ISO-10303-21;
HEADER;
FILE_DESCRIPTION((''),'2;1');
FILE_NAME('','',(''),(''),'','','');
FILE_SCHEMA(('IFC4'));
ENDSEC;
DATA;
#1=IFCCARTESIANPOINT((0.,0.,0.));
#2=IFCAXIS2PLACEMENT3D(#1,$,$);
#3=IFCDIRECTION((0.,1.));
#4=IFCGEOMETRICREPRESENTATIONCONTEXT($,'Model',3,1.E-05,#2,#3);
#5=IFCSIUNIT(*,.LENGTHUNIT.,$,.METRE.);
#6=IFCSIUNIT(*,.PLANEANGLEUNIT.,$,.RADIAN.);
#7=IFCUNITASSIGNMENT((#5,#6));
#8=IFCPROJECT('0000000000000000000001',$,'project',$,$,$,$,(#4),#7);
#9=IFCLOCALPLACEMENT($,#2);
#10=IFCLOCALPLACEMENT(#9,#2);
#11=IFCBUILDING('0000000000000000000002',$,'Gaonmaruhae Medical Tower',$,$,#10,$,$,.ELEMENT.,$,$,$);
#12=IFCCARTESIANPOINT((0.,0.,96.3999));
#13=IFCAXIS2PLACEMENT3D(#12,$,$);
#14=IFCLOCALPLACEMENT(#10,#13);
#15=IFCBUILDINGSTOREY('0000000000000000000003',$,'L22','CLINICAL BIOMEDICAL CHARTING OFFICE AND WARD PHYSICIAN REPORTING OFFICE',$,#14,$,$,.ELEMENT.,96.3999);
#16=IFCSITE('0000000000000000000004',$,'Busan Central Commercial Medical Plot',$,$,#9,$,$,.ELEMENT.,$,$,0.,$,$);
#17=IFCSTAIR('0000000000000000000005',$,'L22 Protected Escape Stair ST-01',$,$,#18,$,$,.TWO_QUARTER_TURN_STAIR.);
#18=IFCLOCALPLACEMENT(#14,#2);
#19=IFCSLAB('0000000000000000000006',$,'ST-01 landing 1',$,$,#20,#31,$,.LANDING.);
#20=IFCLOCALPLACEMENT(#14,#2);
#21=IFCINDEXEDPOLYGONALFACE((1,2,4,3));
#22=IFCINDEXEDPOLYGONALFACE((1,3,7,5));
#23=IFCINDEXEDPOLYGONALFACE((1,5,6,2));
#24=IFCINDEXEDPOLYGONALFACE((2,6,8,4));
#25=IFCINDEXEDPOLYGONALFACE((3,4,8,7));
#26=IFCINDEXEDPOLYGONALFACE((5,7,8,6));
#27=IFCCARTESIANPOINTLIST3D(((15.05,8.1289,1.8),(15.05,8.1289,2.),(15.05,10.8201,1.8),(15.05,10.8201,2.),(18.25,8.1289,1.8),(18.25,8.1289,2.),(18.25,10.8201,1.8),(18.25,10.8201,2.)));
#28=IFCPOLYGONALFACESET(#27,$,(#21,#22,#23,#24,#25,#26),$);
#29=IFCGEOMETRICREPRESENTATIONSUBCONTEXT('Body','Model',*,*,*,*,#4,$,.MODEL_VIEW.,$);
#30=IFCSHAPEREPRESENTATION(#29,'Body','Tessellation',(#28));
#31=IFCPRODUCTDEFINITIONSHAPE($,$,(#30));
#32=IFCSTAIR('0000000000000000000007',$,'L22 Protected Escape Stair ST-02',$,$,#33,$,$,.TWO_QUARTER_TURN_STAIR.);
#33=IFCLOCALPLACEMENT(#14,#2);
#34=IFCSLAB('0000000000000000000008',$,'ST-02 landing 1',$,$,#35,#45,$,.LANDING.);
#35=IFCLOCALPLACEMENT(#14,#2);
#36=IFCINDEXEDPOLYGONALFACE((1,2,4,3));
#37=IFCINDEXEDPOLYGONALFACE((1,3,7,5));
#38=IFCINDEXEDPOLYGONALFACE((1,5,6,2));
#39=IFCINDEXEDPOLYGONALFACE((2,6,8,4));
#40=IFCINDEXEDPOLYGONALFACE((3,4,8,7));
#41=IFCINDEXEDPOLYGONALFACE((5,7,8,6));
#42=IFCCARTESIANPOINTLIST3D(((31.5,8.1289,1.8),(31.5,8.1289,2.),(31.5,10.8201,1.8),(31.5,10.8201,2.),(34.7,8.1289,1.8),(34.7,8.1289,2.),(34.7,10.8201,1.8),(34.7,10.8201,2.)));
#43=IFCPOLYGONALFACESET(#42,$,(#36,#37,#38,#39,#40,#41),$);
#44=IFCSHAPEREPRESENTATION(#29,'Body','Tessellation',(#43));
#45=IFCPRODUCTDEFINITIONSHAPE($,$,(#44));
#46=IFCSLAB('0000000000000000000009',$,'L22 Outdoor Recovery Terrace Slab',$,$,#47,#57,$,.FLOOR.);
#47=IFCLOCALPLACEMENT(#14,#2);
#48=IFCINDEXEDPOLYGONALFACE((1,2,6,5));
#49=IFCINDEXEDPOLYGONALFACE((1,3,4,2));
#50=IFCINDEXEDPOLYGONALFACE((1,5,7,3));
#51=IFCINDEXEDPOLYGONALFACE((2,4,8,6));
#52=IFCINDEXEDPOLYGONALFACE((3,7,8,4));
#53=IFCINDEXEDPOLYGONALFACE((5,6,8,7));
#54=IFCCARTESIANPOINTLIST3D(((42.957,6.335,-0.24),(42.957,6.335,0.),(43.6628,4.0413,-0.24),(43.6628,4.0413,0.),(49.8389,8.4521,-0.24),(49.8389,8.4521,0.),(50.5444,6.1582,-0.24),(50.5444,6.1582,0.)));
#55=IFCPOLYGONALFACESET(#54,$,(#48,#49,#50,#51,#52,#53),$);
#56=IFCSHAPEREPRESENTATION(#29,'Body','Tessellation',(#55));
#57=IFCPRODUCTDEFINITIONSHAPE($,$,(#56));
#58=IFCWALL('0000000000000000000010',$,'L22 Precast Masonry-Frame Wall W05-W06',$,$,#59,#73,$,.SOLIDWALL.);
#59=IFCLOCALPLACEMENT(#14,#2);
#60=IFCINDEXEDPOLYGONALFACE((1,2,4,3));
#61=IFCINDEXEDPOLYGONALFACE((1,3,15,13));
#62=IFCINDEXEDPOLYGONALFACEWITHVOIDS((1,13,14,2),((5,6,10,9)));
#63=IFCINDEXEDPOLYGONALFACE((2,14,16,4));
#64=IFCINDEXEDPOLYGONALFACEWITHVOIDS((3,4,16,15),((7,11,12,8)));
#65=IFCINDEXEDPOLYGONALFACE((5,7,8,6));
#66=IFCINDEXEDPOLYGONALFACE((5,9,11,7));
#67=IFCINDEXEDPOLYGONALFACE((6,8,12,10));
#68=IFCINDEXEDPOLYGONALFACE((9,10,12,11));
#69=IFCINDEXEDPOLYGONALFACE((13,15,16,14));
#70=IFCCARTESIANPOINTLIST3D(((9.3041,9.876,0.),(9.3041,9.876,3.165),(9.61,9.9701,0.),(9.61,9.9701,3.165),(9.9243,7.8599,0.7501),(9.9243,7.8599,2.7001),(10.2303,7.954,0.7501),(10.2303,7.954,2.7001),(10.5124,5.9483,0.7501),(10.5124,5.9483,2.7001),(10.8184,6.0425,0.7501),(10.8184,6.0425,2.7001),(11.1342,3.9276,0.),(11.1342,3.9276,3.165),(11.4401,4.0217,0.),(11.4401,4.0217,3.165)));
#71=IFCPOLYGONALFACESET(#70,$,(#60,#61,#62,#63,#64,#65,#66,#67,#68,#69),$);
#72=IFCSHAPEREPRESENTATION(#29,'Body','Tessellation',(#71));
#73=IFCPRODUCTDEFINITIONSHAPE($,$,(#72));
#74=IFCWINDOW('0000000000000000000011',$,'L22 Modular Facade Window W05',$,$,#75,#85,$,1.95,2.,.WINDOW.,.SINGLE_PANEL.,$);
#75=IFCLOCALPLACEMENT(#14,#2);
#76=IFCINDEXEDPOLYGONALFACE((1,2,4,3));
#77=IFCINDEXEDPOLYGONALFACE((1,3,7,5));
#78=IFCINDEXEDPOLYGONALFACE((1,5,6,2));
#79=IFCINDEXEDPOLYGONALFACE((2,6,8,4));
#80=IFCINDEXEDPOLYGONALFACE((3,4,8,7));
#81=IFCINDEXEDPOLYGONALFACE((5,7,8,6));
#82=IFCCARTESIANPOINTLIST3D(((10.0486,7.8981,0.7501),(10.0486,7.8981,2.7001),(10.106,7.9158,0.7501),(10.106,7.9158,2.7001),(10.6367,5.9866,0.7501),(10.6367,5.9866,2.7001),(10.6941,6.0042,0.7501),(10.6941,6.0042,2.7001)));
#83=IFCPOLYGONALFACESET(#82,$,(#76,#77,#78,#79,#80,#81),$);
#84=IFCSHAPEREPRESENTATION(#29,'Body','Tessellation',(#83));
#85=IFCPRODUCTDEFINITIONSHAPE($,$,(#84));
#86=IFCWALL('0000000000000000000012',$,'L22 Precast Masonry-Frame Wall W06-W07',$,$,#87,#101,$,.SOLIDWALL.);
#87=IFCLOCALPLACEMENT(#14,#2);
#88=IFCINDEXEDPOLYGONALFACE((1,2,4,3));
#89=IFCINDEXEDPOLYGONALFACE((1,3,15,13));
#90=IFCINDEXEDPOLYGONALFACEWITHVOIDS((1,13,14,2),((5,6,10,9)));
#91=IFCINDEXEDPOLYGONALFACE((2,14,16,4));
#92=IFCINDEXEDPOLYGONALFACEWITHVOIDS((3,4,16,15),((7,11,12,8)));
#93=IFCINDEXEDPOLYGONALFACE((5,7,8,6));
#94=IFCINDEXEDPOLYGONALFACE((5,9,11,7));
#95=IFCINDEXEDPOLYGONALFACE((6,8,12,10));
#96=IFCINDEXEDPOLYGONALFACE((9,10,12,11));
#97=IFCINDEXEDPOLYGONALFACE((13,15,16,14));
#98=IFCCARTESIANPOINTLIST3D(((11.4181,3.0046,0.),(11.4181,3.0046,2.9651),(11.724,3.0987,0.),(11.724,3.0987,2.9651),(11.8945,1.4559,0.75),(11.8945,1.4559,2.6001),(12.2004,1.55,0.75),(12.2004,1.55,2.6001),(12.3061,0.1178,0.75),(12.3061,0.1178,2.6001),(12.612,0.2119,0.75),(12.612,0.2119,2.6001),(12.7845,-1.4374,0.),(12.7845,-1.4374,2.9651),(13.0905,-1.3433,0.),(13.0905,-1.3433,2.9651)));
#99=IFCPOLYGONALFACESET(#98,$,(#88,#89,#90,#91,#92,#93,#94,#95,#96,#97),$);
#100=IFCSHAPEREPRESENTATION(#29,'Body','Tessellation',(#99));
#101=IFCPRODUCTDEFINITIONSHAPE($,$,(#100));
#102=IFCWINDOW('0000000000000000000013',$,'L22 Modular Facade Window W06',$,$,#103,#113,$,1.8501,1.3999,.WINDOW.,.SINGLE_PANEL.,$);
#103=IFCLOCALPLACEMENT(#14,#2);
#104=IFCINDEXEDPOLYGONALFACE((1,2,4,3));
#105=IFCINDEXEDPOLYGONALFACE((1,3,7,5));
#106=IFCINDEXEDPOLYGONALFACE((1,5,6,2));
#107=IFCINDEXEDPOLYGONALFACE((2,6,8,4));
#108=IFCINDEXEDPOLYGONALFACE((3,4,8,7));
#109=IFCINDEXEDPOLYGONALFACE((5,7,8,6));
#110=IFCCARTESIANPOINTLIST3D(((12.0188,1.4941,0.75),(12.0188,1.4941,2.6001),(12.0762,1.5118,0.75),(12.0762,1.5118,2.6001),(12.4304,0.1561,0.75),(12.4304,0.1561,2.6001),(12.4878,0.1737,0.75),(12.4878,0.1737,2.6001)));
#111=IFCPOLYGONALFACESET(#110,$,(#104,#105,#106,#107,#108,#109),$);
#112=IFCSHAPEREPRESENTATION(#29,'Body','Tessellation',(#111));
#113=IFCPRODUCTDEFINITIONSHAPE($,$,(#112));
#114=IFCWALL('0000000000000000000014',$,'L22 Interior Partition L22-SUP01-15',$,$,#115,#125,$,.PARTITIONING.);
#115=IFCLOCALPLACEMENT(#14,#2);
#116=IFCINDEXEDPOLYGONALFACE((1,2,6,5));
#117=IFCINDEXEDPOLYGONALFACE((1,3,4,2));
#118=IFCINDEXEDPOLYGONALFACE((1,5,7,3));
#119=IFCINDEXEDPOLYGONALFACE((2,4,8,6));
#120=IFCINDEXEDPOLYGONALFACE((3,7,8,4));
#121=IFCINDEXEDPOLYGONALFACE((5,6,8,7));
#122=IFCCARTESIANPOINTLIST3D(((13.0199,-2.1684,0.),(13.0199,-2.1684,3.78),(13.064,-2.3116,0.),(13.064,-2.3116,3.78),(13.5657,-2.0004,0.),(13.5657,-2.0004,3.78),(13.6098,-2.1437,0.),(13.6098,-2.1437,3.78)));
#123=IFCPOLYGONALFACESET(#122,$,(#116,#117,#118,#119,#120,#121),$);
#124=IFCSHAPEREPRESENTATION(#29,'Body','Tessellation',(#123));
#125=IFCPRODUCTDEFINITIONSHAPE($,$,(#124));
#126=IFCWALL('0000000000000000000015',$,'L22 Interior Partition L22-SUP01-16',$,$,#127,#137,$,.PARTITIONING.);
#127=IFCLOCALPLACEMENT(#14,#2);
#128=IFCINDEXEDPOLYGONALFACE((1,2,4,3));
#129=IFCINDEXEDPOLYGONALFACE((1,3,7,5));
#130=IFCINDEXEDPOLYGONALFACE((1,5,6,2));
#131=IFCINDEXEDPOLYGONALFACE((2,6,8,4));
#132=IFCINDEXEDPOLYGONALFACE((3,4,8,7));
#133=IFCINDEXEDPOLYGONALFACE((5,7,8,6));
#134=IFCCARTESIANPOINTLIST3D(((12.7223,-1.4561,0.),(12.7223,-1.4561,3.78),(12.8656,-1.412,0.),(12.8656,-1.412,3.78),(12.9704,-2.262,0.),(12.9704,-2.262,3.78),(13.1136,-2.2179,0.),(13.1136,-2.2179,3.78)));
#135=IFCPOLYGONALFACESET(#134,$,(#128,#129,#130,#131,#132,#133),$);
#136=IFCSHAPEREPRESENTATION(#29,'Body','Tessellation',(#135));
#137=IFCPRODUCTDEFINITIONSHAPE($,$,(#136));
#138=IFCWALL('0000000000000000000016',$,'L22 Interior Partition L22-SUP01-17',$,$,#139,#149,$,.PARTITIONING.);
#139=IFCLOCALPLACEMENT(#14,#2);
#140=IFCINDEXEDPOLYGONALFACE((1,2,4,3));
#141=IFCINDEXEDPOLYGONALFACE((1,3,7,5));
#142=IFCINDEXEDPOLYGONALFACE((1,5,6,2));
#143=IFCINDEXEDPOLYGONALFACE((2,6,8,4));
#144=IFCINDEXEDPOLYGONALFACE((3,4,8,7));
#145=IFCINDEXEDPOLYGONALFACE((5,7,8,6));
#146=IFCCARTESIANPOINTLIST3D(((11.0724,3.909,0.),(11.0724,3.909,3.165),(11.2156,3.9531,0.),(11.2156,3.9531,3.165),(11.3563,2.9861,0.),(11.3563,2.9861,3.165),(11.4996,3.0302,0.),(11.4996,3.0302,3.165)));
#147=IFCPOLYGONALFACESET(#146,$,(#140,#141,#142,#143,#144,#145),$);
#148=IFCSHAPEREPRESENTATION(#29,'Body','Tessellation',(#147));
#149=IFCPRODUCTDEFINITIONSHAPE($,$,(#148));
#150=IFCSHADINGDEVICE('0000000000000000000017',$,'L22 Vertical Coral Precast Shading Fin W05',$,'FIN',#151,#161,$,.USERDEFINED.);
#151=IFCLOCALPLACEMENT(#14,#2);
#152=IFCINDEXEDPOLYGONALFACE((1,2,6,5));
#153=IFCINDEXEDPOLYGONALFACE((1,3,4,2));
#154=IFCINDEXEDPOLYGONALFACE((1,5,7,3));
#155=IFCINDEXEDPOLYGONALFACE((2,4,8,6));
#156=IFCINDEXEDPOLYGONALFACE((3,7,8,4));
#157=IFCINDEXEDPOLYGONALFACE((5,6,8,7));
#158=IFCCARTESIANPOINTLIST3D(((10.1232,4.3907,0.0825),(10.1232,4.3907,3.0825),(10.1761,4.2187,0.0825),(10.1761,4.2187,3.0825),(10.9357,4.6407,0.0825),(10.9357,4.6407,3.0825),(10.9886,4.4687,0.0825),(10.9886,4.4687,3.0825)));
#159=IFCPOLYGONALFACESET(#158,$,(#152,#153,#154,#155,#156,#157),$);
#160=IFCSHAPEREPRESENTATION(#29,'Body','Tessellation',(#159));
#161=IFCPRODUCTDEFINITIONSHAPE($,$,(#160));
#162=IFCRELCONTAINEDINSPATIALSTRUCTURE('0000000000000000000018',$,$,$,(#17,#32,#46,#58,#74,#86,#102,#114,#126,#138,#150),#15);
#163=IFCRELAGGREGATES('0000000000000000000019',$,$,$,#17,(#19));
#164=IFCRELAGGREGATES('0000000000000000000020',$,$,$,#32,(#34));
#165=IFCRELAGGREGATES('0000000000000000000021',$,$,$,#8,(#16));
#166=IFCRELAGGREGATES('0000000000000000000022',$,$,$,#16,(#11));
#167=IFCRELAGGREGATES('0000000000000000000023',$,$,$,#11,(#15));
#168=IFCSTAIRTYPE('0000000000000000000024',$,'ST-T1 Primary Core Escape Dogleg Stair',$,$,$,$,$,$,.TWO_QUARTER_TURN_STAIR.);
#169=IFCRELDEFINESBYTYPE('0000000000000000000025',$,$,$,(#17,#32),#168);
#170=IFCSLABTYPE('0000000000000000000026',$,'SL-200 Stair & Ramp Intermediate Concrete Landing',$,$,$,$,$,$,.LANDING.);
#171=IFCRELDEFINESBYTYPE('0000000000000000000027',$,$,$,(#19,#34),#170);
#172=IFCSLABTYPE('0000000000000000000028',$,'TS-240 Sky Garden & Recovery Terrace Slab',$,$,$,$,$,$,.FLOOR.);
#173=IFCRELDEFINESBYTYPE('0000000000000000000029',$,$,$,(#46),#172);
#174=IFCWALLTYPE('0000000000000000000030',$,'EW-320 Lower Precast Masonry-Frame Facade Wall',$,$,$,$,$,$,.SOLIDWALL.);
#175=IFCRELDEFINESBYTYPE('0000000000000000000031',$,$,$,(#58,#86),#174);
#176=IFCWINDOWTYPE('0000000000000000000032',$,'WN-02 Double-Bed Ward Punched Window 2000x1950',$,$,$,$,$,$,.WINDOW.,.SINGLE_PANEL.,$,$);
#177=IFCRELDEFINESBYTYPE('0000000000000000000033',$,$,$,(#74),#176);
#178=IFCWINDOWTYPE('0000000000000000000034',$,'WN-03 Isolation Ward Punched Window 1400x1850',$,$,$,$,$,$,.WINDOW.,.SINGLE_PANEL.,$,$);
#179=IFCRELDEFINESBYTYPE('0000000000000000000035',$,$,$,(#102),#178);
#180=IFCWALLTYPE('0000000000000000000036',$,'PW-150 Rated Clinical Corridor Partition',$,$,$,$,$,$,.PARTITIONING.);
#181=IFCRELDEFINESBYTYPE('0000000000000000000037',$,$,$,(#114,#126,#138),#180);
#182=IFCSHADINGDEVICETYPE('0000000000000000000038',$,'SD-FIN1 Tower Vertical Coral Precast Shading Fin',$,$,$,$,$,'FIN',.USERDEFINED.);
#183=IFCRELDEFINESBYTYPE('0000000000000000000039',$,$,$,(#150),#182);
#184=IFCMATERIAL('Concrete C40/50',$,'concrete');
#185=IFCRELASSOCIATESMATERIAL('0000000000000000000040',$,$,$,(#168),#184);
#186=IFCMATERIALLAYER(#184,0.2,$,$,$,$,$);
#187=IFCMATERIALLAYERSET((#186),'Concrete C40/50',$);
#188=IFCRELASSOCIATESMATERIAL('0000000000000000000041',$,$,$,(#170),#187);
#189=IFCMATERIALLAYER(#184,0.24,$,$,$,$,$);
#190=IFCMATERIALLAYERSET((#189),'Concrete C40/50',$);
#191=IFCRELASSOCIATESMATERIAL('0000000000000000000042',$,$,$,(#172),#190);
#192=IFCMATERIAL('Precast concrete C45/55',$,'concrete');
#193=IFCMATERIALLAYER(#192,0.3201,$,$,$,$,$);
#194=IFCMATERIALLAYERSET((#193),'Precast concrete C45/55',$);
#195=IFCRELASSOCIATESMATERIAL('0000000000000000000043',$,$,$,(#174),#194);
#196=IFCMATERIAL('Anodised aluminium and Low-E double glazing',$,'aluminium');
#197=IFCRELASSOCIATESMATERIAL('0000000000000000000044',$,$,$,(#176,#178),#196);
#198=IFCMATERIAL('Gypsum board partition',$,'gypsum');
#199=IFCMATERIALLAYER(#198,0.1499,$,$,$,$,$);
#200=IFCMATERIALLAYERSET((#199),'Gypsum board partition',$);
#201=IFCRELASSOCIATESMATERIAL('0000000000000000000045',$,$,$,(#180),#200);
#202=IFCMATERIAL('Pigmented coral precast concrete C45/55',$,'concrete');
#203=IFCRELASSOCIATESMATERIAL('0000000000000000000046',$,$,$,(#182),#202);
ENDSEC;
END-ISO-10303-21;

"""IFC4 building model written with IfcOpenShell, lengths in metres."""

from ifc_helpers import new_model, si_unit, direction, frame, frame_2d, origin, origin_2d, place, context, subcontext, project, spatial, polyline, rectangle, outline, extrude, material, layer, layer_set, type_object, element, fill, aggregate, save


model = new_model("IFC4")

# Units and contexts
model_context = context("Model", 3, precision=1e-05, world=origin(), true_north=direction((0.0, 1.0)))
body_context = subcontext(model_context, "Body", "Model", "MODEL_VIEW")
ifc_project = project(units=[si_unit("LENGTHUNIT", "METRE"), si_unit("PLANEANGLEUNIT", "RADIAN")], contexts=[model_context])

# Site, building, storey
site_placement = place(None, origin())
site = spatial("IfcSite", under=ifc_project, at=site_placement, Name="Busan Central Commercial Medical Plot", CompositionType="ELEMENT", RefElevation=0.0)
building_placement = place(site_placement, origin())
building = spatial("IfcBuilding", under=site, at=building_placement, Name="Gaonmaruhae Medical Tower", CompositionType="ELEMENT")
storey_placement = place(building_placement, frame((0.0, 0.0, 96.3999)))
storey = spatial("IfcBuildingStorey", under=building, at=storey_placement, Name="L22", Description="CLINICAL BIOMEDICAL CHARTING OFFICE AND WARD PHYSICIAN REPORTING OFFICE", CompositionType="ELEMENT", Elevation=96.3999)

# Shared definitions
ifc_material_1 = material(Name="Concrete C40/50", Category="concrete")

# Stairs, slabs
stair_type = type_object("IfcStairType", Name="ST-T1 Primary Core Escape Dogleg Stair", PredefinedType="TWO_QUARTER_TURN_STAIR", material=ifc_material_1)
stair_1_placement = place(storey_placement, origin())
stair_1 = element("IfcStair", 1, at=stair_1_placement, inside=storey, type_object=stair_type, Name="L22 Protected Escape Stair ST-01", PredefinedType="TWO_QUARTER_TURN_STAIR")
ifc_layer_1 = layer(ifc_material_1, 0.2)
ifc_layer_set_1 = layer_set([ifc_layer_1], Name="Concrete C40/50")
slab_type_1 = type_object("IfcSlabType", Name="SL-200 Stair & Ramp Intermediate Concrete Landing", PredefinedType="LANDING", material=ifc_layer_set_1)
slab_1_placement = place(storey_placement, frame((0.0, 0.0, 1.8)))
slab_1 = element("IfcSlab", 2, at=slab_1_placement, type_object=slab_type_1, Name="ST-01 landing 1", PredefinedType="LANDING", context=body_context, shape_type="SweptSolid", body=[
    extrude(outline(polyline([(15.05, 10.8201), (15.05, 8.1289), (18.25, 8.1289), (18.25, 10.8201), (15.05, 10.8201)])), origin(), (0.0, 0.0, 1.0), 0.2),
])
aggregate(stair_1, [slab_1])
stair_2_placement = place(storey_placement, origin())
stair_2 = element("IfcStair", 3, at=stair_2_placement, inside=storey, type_object=stair_type, Name="L22 Protected Escape Stair ST-02", PredefinedType="TWO_QUARTER_TURN_STAIR")
slab_2_placement = place(storey_placement, frame((0.0, 0.0, 1.8)))
slab_2 = element("IfcSlab", 4, at=slab_2_placement, type_object=slab_type_1, Name="ST-02 landing 1", PredefinedType="LANDING", context=body_context, shape_type="SweptSolid", body=[
    extrude(outline(polyline([(31.5, 10.8201), (31.5, 8.1289), (34.7, 8.1289), (34.7, 10.8201), (31.5, 10.8201)])), origin(), (0.0, 0.0, 1.0), 0.2),
])
aggregate(stair_2, [slab_2])

# Slab
ifc_layer_2 = layer(ifc_material_1, 0.24)
ifc_layer_set_2 = layer_set([ifc_layer_2], Name="Concrete C40/50")
slab_type_2 = type_object("IfcSlabType", Name="TS-240 Sky Garden & Recovery Terrace Slab", PredefinedType="FLOOR", material=ifc_layer_set_2)
slab_3_placement = place(storey_placement, frame((0.0, 0.0, -0.24)))
element("IfcSlab", 5, at=slab_3_placement, inside=storey, type_object=slab_type_2, Name="L22 Outdoor Recovery Terrace Slab", PredefinedType="FLOOR", context=body_context, shape_type="SweptSolid", body=[
    extrude(outline(polyline([(43.6628, 4.0413), (50.5444, 6.1582), (49.8389, 8.4521), (42.957, 6.335), (43.6628, 4.0413)])), origin(), (0.0, 0.0, 1.0), 0.24),
])

# Walls, openings, windows
ifc_material_2 = material(Name="Precast concrete C45/55", Category="concrete")
ifc_layer_3 = layer(ifc_material_2, 0.3201)
ifc_layer_set_3 = layer_set([ifc_layer_3], Name="Precast concrete C45/55")
wall_type_1 = type_object("IfcWallType", Name="EW-320 Lower Precast Masonry-Frame Facade Wall", PredefinedType="SOLIDWALL", material=ifc_layer_set_3)
wall_1_placement = place(storey_placement, frame((11.2871, 3.9746, 0.0), z_axis=(0.0, 0.0, 1.0), x_axis=(-0.294053, 0.955789, 0.0)))
wall_1 = element("IfcWall", 6, at=wall_1_placement, inside=storey, type_object=wall_type_1, Name="L22 Precast Masonry-Frame Wall W05-W06", PredefinedType="SOLIDWALL", context=body_context, shape_type="SweptSolid", body=[
    extrude(rectangle(XDim=6.2236, YDim=0.3201, at=frame_2d((3.1118, 0.0))), origin(), (0.0, 0.0, 1.0), 3.165),
])
opening_1_placement = place(wall_1_placement, frame((2.1143, 0.0, 0.75)))
opening_1 = element("IfcOpeningElement", 7, at=opening_1_placement, cuts=wall_1, PredefinedType="OPENING", context=body_context, shape_type="SweptSolid", body=[
    extrude(rectangle(XDim=2.0, YDim=1.95, at=frame_2d((1.0, 0.9751))), frame((0.0, 0.1699, 0.0), z_axis=(0.0, -1.0, 0.0), x_axis=(1.0, 0.0, 0.0)), (0.0, 0.0, 1.0), 0.3401),
])
ifc_material_3 = material(Name="Anodised aluminium and Low-E double glazing", Category="aluminium")
window_type_1 = type_object("IfcWindowType", Name="WN-02 Double-Bed Ward Punched Window 2000x1950", PartitioningType="SINGLE_PANEL", PredefinedType="WINDOW", material=ifc_material_3)
window_1_placement = place(opening_1_placement, origin())
window_1 = element("IfcWindow", 8, at=window_1_placement, inside=storey, type_object=window_type_1, Name="L22 Modular Facade Window W05", OverallHeight=1.95, OverallWidth=2.0, PartitioningType="SINGLE_PANEL", PredefinedType="WINDOW", context=body_context, shape_type="SweptSolid", body=[
    extrude(rectangle(XDim=2.0, YDim=1.95, at=frame_2d((1.0, 0.9751))), frame((0.0, 0.03, 0.0), z_axis=(0.0, -1.0, 0.0), x_axis=(1.0, 0.0, 0.0)), (0.0, 0.0, 1.0), 0.0601),
])
fill(opening_1, window_1)
wall_2_placement = place(storey_placement, frame((12.9375, -1.3904, 0.0), z_axis=(0.0, 0.0, 1.0), x_axis=(-0.294016, 0.955801, 0.0)))
wall_2 = element("IfcWall", 9, at=wall_2_placement, inside=storey, type_object=wall_type_1, Name="L22 Precast Masonry-Frame Wall W06-W07", PredefinedType="SOLIDWALL", context=body_context, shape_type="SweptSolid", body=[
    extrude(rectangle(XDim=4.6475, YDim=0.3201, at=frame_2d((2.3237, 0.0))), origin(), (0.0, 0.0, 1.0), 2.9651),
])
opening_2_placement = place(wall_2_placement, frame((1.6272, 0.0, 0.75)))
opening_2 = element("IfcOpeningElement", 10, at=opening_2_placement, cuts=wall_2, PredefinedType="OPENING", context=body_context, shape_type="SweptSolid", body=[
    extrude(rectangle(XDim=1.3999, YDim=1.8501, at=frame_2d((0.7, 0.925))), frame((0.0, 0.1699, 0.0), z_axis=(0.0, -1.0, 0.0), x_axis=(1.0, 0.0, 0.0)), (0.0, 0.0, 1.0), 0.3401),
])
window_type_2 = type_object("IfcWindowType", Name="WN-03 Isolation Ward Punched Window 1400x1850", PartitioningType="SINGLE_PANEL", PredefinedType="WINDOW", material=ifc_material_3)
window_2_placement = place(opening_2_placement, origin())
window_2 = element("IfcWindow", 11, at=window_2_placement, inside=storey, type_object=window_type_2, Name="L22 Modular Facade Window W06", OverallHeight=1.8501, OverallWidth=1.3999, PartitioningType="SINGLE_PANEL", PredefinedType="WINDOW", context=body_context, shape_type="SweptSolid", body=[
    extrude(rectangle(XDim=1.3999, YDim=1.8501, at=frame_2d((0.7, 0.925))), frame((0.0, 0.03, 0.0), z_axis=(0.0, -1.0, 0.0), x_axis=(1.0, 0.0, 0.0)), (0.0, 0.0, 1.0), 0.0601),
])
fill(opening_2, window_2)

# Walls
ifc_material_4 = material(Name="Gypsum board partition", Category="gypsum")
ifc_layer_4 = layer(ifc_material_4, 0.1499)
ifc_layer_set_4 = layer_set([ifc_layer_4], Name="Gypsum board partition")
wall_type_2 = type_object("IfcWallType", Name="PW-150 Rated Clinical Corridor Partition", PredefinedType="PARTITIONING", material=ifc_layer_set_4)
wall_3_placement = place(storey_placement, frame((13.5879, -2.072, 0.0), z_axis=(0.0, 0.0, 1.0), x_axis=(-0.955779, -0.294086, 0.0)))
element("IfcWall", 12, at=wall_3_placement, inside=storey, type_object=wall_type_2, Name="L22 Interior Partition L22-SUP01-15", PredefinedType="PARTITIONING", context=body_context, shape_type="SweptSolid", body=[
    extrude(rectangle(XDim=0.571, YDim=0.1499, at=frame_2d((0.2856, 0.0))), origin(), (0.0, 0.0, 1.0), 3.78),
])
wall_4_placement = place(storey_placement, frame((13.042, -2.24, 0.0), z_axis=(0.0, 0.0, 1.0), x_axis=(-0.294167, 0.955754, 0.0)))
element("IfcWall", 13, at=wall_4_placement, inside=storey, type_object=wall_type_2, Name="L22 Interior Partition L22-SUP01-16", PredefinedType="PARTITIONING", context=body_context, shape_type="SweptSolid", body=[
    extrude(rectangle(XDim=0.8433, YDim=0.1499, at=frame_2d((0.4216, 0.0))), origin(), (0.0, 0.0, 1.0), 3.78),
])
wall_5_placement = place(storey_placement, frame((11.428, 3.0081, 0.0), z_axis=(0.0, 0.0, 1.0), x_axis=(-0.294068, 0.955784, 0.0)))
element("IfcWall", 14, at=wall_5_placement, inside=storey, type_object=wall_type_2, Name="L22 Interior Partition L22-SUP01-17", PredefinedType="PARTITIONING", context=body_context, shape_type="SweptSolid", body=[
    extrude(rectangle(XDim=0.9656, YDim=0.1499, at=frame_2d((0.4829, 0.0))), origin(), (0.0, 0.0, 1.0), 3.165),
])

# Shading device
ifc_material_5 = material(Name="Pigmented coral precast concrete C45/55", Category="concrete")
shading_device_type = type_object("IfcShadingDeviceType", Name="SD-FIN1 Tower Vertical Coral Precast Shading Fin", ElementType="FIN", PredefinedType="USERDEFINED", material=ifc_material_5)
shading_device_placement = place(storey_placement, frame((10.5559, 4.4297, 0.0825), z_axis=(0.0, 0.0, 1.0), x_axis=(-0.29404, 0.955793, 0.0)))
element("IfcShadingDevice", 15, at=shading_device_placement, inside=storey, type_object=shading_device_type, Name="L22 Vertical Coral Precast Shading Fin W05", ObjectType="FIN", PredefinedType="USERDEFINED", context=body_context, shape_type="SweptSolid", body=[
    extrude(rectangle(XDim=0.1799, YDim=0.8501, at=origin_2d()), origin(), (0.0, 0.0, 1.0), 3.0),
])

save(model, "model.ifc")
